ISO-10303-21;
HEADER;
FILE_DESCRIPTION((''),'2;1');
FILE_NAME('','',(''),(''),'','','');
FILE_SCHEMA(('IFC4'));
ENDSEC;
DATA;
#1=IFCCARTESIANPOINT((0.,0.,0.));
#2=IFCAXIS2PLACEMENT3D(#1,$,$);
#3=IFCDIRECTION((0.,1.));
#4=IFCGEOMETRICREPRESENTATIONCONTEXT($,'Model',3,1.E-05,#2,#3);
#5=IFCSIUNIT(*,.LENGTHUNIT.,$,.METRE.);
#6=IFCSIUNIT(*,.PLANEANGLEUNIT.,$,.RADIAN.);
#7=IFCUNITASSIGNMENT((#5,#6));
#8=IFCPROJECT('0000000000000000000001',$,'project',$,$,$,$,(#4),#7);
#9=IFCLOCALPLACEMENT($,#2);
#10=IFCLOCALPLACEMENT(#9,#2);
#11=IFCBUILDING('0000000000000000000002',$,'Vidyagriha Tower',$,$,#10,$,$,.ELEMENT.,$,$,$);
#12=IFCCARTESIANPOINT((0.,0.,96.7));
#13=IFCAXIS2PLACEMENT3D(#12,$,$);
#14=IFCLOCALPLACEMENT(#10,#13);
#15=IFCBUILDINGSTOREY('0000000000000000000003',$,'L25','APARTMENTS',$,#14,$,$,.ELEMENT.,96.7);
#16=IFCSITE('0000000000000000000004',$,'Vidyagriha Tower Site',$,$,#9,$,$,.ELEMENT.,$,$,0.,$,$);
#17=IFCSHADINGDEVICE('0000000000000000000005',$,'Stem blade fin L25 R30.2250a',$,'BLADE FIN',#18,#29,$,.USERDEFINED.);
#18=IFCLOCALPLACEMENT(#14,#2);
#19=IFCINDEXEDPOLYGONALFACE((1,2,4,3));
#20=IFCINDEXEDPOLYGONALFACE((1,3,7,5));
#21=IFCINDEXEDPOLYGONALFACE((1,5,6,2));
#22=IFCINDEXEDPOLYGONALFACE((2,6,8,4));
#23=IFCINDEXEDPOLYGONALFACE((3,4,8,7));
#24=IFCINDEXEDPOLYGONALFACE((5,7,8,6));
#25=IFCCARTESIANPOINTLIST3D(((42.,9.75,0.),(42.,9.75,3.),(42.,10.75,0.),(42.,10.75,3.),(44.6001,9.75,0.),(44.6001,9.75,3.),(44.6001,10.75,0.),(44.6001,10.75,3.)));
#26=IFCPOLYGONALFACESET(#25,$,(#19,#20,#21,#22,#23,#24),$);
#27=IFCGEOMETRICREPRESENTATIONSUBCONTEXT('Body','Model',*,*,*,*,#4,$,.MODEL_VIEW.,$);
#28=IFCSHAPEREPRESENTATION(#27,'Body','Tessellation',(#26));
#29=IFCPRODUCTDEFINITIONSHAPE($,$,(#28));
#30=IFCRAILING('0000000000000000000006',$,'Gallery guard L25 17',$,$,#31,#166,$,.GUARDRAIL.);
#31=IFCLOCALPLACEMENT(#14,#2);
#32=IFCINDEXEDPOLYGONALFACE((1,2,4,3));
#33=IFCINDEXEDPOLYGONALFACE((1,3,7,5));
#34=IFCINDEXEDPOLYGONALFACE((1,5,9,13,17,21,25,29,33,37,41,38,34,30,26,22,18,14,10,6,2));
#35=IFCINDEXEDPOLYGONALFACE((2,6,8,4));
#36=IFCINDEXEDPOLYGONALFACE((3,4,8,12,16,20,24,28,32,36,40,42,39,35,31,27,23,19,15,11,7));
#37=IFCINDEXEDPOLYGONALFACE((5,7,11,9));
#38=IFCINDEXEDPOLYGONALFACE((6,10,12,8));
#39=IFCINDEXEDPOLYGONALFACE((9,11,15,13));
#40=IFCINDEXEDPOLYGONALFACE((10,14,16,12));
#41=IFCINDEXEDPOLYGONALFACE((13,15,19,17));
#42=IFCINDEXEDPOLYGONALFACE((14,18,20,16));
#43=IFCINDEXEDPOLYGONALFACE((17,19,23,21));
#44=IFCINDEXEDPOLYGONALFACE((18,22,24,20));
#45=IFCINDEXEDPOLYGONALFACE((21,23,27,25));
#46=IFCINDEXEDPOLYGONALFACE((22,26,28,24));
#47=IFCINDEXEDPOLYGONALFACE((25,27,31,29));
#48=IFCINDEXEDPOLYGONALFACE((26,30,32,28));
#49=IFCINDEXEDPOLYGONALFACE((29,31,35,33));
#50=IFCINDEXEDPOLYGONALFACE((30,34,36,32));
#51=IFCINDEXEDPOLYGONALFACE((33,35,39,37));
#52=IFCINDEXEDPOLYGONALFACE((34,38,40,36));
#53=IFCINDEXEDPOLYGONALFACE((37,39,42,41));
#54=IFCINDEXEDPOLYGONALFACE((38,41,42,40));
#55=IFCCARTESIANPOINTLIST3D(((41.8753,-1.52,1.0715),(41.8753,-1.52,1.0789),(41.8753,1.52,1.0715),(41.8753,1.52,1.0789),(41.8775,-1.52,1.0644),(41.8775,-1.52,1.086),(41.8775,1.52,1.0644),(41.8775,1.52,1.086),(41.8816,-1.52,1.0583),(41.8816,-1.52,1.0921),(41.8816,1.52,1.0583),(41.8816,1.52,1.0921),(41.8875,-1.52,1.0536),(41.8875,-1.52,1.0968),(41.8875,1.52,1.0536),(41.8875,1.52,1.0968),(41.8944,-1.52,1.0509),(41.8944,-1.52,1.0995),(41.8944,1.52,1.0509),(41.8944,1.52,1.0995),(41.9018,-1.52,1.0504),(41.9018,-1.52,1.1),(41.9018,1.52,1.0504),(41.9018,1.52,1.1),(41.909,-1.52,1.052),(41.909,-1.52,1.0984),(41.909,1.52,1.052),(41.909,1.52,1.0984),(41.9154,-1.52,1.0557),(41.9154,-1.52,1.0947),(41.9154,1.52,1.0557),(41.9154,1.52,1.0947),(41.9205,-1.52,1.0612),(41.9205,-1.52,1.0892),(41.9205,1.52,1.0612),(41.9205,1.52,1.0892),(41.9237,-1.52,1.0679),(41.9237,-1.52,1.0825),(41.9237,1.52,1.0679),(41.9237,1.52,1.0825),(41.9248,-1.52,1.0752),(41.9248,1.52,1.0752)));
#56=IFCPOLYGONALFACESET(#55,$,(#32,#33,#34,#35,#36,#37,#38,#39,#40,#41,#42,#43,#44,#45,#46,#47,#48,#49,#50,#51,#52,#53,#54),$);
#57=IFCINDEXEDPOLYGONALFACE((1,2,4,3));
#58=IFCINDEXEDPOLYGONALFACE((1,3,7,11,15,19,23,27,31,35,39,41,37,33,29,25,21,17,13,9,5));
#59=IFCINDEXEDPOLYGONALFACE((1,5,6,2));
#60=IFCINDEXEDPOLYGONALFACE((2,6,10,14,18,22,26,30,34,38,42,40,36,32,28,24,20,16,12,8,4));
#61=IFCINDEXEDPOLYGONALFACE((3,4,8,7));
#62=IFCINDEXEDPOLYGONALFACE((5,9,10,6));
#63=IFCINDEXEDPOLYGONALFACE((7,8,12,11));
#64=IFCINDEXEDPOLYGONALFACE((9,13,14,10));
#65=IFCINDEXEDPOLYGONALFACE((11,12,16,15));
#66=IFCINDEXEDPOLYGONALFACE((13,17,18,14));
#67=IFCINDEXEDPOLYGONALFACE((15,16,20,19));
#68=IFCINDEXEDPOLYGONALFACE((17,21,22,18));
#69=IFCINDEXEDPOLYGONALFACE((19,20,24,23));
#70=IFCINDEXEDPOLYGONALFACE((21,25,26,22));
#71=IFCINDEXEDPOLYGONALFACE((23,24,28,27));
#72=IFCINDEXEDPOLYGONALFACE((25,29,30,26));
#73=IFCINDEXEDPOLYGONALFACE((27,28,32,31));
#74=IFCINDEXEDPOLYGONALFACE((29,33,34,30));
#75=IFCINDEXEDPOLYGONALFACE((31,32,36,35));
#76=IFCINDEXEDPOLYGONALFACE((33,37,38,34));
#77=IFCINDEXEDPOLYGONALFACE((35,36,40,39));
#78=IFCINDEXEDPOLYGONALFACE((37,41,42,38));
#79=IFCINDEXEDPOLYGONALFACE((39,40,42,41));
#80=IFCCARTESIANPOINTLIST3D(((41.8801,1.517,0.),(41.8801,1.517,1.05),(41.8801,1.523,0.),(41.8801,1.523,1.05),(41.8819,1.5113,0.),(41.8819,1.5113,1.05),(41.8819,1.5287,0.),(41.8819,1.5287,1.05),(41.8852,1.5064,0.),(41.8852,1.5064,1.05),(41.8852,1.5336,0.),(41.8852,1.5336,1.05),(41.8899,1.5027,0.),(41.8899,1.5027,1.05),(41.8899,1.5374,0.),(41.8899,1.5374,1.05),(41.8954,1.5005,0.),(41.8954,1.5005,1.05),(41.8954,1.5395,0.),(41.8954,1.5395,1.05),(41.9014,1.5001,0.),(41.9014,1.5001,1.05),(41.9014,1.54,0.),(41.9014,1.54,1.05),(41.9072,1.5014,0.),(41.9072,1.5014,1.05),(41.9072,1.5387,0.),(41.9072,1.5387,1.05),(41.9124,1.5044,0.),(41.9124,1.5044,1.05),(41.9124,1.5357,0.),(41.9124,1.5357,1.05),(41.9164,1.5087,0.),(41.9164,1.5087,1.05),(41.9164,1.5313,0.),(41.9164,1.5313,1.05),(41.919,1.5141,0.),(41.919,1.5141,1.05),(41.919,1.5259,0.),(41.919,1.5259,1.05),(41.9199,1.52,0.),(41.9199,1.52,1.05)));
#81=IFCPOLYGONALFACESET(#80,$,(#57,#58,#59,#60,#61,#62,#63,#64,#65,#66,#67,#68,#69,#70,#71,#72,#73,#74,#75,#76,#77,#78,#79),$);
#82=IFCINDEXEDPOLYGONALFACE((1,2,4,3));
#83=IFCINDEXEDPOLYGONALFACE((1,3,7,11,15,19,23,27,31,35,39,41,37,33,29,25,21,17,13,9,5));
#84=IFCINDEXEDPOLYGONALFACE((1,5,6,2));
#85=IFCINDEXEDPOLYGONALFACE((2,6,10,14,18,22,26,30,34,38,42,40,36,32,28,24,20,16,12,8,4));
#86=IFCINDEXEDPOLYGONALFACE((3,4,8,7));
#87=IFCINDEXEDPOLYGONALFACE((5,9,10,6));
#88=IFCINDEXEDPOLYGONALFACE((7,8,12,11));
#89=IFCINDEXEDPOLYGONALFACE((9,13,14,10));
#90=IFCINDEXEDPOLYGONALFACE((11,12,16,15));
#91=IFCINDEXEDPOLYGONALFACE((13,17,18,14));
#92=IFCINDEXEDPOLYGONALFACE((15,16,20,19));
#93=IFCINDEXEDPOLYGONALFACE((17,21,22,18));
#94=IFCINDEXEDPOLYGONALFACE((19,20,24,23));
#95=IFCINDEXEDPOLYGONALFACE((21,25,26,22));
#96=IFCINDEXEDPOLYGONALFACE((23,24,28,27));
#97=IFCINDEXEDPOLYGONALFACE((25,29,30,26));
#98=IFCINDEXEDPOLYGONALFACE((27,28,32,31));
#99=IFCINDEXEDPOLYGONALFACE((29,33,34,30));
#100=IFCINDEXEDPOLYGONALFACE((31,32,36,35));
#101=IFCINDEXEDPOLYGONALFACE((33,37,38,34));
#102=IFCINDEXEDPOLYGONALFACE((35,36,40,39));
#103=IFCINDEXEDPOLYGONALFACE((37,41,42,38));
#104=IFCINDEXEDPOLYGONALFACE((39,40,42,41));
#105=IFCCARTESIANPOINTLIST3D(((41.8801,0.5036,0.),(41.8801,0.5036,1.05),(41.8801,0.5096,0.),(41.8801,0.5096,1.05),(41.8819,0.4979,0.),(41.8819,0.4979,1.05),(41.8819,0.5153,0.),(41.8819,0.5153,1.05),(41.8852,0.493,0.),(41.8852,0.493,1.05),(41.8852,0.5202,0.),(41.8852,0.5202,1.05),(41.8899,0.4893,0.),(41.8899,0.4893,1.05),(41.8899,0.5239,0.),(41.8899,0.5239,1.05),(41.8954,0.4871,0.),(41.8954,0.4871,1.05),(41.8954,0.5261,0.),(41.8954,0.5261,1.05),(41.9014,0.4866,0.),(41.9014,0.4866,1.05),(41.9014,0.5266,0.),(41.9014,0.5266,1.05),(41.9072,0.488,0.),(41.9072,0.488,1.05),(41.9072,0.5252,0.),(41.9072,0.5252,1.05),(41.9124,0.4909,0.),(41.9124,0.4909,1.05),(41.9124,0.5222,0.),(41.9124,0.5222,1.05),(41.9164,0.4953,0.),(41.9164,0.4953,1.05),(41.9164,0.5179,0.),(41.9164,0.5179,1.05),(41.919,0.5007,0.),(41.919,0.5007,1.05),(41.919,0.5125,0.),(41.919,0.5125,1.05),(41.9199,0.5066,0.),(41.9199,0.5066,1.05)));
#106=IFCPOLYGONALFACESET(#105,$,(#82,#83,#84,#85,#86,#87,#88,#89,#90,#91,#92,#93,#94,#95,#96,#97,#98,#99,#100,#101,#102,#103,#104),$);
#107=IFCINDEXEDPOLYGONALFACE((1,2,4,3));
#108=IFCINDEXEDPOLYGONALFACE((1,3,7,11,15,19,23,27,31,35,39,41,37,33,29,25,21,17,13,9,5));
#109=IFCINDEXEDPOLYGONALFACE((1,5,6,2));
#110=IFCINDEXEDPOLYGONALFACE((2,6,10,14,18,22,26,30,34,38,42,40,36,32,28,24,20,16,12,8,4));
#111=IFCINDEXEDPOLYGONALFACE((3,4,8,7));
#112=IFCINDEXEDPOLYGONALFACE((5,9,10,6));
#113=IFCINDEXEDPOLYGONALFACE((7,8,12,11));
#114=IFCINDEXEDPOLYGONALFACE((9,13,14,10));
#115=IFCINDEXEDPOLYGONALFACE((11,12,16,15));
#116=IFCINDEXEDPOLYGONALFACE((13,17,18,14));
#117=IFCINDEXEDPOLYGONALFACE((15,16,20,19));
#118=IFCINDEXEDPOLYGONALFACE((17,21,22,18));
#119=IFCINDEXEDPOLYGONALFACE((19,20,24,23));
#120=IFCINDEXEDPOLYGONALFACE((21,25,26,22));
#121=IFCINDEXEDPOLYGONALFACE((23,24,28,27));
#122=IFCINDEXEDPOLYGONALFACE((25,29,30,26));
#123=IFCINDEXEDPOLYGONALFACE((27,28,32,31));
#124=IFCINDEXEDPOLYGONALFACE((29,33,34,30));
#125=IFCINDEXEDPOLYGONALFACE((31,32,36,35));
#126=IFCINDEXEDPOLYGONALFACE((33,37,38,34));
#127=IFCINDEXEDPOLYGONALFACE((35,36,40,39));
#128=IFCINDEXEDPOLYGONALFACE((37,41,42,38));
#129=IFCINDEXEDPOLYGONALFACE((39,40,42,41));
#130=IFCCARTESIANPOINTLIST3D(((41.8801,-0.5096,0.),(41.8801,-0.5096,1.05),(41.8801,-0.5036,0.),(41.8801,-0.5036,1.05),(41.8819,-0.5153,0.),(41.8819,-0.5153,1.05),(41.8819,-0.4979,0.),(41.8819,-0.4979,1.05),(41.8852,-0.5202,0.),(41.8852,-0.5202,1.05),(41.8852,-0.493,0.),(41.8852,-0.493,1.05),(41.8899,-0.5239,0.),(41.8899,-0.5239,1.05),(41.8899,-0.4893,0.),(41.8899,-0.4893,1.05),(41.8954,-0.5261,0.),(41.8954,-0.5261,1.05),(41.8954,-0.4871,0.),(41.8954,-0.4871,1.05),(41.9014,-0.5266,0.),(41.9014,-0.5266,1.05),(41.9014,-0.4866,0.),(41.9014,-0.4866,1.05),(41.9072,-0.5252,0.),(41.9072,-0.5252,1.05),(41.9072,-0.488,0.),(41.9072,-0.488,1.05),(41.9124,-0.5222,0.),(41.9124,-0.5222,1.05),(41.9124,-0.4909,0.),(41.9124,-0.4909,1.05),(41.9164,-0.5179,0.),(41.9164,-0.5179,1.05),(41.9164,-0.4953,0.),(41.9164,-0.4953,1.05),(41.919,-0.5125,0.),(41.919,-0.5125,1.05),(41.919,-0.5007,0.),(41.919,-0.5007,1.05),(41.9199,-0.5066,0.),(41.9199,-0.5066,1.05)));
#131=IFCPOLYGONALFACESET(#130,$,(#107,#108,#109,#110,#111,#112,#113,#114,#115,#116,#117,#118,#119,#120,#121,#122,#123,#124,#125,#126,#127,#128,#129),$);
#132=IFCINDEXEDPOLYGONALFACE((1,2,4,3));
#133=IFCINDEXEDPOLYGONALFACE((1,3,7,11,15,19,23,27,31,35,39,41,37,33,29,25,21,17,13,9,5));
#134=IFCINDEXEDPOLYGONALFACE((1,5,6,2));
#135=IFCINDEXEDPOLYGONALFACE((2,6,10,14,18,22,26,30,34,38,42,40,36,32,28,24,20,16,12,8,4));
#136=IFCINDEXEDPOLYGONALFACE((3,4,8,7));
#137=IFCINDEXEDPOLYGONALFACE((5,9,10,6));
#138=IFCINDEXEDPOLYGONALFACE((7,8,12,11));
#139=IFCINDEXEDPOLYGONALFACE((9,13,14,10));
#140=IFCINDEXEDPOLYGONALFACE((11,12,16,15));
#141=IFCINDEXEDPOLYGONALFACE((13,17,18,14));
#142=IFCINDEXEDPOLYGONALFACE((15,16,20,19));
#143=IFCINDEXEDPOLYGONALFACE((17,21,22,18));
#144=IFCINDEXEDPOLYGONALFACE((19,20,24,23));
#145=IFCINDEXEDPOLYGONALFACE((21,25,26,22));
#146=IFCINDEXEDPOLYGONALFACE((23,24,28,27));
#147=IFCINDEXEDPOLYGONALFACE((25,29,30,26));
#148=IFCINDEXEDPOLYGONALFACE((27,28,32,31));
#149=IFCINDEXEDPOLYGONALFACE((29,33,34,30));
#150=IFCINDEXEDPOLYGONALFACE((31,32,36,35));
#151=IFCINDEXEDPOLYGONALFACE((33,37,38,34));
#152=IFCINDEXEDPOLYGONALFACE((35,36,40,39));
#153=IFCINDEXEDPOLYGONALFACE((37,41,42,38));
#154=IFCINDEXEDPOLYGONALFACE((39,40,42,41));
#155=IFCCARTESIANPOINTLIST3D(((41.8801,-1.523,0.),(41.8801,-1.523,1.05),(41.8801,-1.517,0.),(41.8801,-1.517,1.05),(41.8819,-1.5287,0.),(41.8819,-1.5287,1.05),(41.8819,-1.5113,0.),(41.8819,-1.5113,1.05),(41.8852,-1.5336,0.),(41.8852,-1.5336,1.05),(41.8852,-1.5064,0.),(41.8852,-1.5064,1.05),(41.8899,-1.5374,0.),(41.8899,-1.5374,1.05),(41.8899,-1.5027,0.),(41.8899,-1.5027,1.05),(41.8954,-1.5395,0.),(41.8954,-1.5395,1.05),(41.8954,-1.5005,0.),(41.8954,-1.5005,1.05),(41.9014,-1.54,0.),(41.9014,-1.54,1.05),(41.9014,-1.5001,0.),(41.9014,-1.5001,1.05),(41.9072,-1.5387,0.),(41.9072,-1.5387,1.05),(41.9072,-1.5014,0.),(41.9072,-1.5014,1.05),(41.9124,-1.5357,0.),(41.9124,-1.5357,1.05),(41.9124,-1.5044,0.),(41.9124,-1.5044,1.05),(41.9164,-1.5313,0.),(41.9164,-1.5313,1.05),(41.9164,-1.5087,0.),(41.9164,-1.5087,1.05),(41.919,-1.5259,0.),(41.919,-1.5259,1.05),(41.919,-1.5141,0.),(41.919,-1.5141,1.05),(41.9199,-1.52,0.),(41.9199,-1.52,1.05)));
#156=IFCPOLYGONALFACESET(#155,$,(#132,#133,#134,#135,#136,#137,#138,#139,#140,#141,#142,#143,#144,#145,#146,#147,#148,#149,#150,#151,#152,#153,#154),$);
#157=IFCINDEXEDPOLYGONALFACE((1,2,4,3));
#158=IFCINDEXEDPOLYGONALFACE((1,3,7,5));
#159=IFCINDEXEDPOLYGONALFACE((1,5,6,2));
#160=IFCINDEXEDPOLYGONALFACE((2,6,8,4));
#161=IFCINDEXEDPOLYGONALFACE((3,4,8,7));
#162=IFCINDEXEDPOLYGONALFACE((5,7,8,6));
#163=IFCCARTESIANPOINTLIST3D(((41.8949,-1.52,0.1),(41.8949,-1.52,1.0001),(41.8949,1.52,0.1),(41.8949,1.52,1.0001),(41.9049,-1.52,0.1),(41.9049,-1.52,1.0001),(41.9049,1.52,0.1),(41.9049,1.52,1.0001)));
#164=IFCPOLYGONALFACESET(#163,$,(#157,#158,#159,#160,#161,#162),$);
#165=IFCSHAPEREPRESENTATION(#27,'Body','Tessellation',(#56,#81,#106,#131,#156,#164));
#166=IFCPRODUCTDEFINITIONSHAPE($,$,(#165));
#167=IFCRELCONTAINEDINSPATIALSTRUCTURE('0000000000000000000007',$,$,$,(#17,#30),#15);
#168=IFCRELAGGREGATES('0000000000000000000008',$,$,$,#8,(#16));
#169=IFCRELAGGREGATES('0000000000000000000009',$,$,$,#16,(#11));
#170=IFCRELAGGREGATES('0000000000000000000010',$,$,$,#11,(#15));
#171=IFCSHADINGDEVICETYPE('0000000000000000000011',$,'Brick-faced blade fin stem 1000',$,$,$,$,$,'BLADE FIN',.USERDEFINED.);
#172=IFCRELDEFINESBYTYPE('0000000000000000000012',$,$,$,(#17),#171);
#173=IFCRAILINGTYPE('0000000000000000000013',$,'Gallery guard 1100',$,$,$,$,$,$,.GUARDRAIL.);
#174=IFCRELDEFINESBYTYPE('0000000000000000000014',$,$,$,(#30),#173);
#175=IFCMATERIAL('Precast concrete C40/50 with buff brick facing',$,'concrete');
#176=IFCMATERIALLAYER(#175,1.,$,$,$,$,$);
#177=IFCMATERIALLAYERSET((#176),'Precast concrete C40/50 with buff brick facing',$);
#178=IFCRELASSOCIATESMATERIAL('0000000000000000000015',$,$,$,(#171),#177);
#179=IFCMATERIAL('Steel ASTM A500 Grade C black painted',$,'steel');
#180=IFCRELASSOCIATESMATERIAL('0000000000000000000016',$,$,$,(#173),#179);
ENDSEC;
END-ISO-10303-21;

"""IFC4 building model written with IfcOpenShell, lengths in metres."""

from ifc_helpers import new_model, si_unit, direction, frame, origin, origin_2d, place, context, subcontext, project, spatial, polyline, rectangle, circle, outline, extrude, material, layer, layer_set, type_object, element, save


model = new_model("IFC4")

# Units and contexts
model_context = context("Model", 3, precision=1e-05, world=origin(), true_north=direction((0.0, 1.0)))
body_context = subcontext(model_context, "Body", "Model", "MODEL_VIEW")
ifc_project = project(units=[si_unit("LENGTHUNIT", "METRE"), si_unit("PLANEANGLEUNIT", "RADIAN")], contexts=[model_context])

# Site, building, storey
site_placement = place(None, origin())
site = spatial("IfcSite", under=ifc_project, at=site_placement, Name="Vidyagriha Tower Site", CompositionType="ELEMENT", RefElevation=0.0)
building_placement = place(site_placement, origin())
building = spatial("IfcBuilding", under=site, at=building_placement, Name="Vidyagriha Tower", CompositionType="ELEMENT")
storey_placement = place(building_placement, frame((0.0, 0.0, 96.7)))
storey = spatial("IfcBuildingStorey", under=building, at=storey_placement, Name="L25", Description="APARTMENTS", CompositionType="ELEMENT", Elevation=96.7)

# Shading device
ifc_material_1 = material(Name="Precast concrete C40/50 with buff brick facing", Category="concrete")
ifc_layer_1 = layer(ifc_material_1, 1.0)
ifc_layer_set_1 = layer_set([ifc_layer_1], Name="Precast concrete C40/50 with buff brick facing")
shading_device_type_1 = type_object("IfcShadingDeviceType", Name="Brick-faced blade fin stem 1000", ElementType="BLADE FIN", PredefinedType="USERDEFINED", material=ifc_layer_set_1)
shading_device_1_placement = place(storey_placement, frame((43.3, 9.75, 0.0), z_axis=(0.0, 0.0, 1.0), x_axis=(0.0, 1.0, 0.0)))
element("IfcShadingDevice", 1, at=shading_device_1_placement, inside=storey, type_object=shading_device_type_1, Name="Stem blade fin L25 R30.2250a", ObjectType="BLADE FIN", PredefinedType="USERDEFINED", context=body_context, shape_type="SweptSolid", body=[
    extrude(outline(polyline([(0.0, 0.0), (1.0, 0.0), (1.0, 3.0), (0.0, 3.0), (0.0, 0.0)])), frame((0.0, 1.3, 0.0), z_axis=(0.0, -1.0, 0.0), x_axis=(1.0, 0.0, 0.0)), (0.0, 0.0, 1.0), 2.6001),
])

# Railing
ifc_material_2 = material(Name="Steel ASTM A500 Grade C black painted", Category="steel")
railing_type_1 = type_object("IfcRailingType", Name="Gallery guard 1100", PredefinedType="GUARDRAIL", material=ifc_material_2)
railing_1_placement = place(storey_placement, frame((41.8999, 1.52, 0.0)))
element("IfcRailing", 2, at=railing_1_placement, inside=storey, type_object=railing_type_1, Name="Gallery guard L25 17", PredefinedType="GUARDRAIL", context=body_context, shape_type="SweptSolid", body=[
    extrude(circle(Radius=0.0249, at=origin_2d()), frame((0.0, 0.0, 1.0752), z_axis=(0.0, -1.0, 0.0), x_axis=(1.0, 0.0, 0.0)), (0.0, 0.0, 1.0), 3.04),
    extrude(circle(Radius=0.02, at=origin_2d()), origin(), (0.0, 0.0, 1.0), 1.05),
    extrude(circle(Radius=0.02, at=origin_2d()), frame((0.0, -1.0134, 0.0)), (0.0, 0.0, 1.0), 1.05),
    extrude(circle(Radius=0.02, at=origin_2d()), frame((0.0, -2.0266, 0.0)), (0.0, 0.0, 1.0), 1.05),
    extrude(circle(Radius=0.02, at=origin_2d()), frame((0.0, -3.04, 0.0)), (0.0, 0.0, 1.0), 1.05),
    extrude(rectangle(XDim=0.01, YDim=0.9001, at=origin_2d()), frame((0.0, 0.0, 0.55), z_axis=(0.0, -1.0, 0.0), x_axis=(1.0, 0.0, 0.0)), (0.0, 0.0, 1.0), 3.04),
])

save(model, "model.ifc")
